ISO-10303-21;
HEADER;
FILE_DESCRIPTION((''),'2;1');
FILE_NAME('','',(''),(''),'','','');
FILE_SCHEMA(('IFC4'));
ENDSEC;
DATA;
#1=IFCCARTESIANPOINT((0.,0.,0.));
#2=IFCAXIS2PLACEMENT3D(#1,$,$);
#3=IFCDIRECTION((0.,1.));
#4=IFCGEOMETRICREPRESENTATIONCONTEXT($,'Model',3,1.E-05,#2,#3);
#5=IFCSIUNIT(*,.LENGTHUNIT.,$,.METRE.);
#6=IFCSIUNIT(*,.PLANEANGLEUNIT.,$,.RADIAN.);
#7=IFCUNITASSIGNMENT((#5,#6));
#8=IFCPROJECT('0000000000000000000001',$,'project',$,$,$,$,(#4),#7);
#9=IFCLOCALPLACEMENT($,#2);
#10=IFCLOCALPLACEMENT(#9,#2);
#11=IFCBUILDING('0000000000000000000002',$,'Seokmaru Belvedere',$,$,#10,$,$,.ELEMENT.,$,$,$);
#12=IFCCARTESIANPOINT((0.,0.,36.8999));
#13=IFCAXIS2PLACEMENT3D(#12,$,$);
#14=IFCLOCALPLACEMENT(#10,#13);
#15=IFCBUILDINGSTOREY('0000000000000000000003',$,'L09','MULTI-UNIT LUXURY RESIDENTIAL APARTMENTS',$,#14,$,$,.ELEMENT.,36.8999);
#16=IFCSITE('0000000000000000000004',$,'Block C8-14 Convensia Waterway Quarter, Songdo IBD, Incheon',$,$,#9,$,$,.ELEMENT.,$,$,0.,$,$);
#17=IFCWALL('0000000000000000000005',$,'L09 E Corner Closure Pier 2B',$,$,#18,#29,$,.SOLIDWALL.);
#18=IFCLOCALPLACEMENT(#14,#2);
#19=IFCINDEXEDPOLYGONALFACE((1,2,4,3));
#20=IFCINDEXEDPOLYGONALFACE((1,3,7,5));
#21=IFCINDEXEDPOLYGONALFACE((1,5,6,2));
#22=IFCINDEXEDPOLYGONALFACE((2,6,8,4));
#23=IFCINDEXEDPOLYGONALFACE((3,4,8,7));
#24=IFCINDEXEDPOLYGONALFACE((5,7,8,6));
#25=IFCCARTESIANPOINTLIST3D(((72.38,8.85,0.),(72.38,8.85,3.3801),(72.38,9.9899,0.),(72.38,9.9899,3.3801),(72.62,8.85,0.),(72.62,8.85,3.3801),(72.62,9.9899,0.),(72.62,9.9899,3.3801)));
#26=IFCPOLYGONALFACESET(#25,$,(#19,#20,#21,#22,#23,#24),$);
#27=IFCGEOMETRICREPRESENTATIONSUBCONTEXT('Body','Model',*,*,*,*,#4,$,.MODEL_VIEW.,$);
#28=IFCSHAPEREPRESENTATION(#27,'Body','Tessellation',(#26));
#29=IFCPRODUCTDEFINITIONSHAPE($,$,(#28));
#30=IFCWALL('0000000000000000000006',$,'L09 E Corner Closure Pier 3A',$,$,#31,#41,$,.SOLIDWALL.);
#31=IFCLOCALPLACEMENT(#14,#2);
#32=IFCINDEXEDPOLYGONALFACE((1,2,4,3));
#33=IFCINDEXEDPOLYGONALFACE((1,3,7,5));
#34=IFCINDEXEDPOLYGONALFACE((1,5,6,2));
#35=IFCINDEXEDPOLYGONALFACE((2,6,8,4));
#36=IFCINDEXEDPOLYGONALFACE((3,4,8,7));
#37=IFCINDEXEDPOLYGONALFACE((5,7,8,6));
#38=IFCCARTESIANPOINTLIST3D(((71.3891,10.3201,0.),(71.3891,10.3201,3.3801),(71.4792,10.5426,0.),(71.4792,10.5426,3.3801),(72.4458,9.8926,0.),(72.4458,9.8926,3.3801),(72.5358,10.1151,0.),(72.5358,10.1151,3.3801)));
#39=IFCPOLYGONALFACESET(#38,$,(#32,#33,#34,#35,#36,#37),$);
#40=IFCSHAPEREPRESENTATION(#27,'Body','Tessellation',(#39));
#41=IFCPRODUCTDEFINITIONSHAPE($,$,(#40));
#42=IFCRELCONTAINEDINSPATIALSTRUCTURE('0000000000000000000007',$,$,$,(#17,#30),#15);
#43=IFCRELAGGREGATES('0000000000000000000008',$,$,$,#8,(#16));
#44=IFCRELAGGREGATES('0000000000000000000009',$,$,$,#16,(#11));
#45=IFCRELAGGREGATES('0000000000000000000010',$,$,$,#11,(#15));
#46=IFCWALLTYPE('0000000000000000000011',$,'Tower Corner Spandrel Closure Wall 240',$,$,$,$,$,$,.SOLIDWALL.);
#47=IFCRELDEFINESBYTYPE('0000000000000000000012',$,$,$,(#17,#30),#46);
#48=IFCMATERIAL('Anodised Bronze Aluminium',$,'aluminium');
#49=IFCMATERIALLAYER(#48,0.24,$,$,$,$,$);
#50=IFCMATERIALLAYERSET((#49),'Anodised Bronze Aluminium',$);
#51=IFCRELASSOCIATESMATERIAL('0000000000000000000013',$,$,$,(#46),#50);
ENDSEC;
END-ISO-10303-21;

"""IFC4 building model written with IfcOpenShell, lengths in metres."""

from ifc_helpers import new_model, si_unit, direction, frame, frame_2d, origin, place, context, subcontext, project, spatial, rectangle, extrude, material, layer, layer_set, type_object, element, save


model = new_model("IFC4")

# Units and contexts
model_context = context("Model", 3, precision=1e-05, world=origin(), true_north=direction((0.0, 1.0)))
body_context = subcontext(model_context, "Body", "Model", "MODEL_VIEW")
ifc_project = project(units=[si_unit("LENGTHUNIT", "METRE"), si_unit("PLANEANGLEUNIT", "RADIAN")], contexts=[model_context])

# Site, building, storey
site_placement = place(None, origin())
site = spatial("IfcSite", under=ifc_project, at=site_placement, Name="Block C8-14 Convensia Waterway Quarter, Songdo IBD, Incheon", CompositionType="ELEMENT", RefElevation=0.0)
building_placement = place(site_placement, origin())
building = spatial("IfcBuilding", under=site, at=building_placement, Name="Seokmaru Belvedere", CompositionType="ELEMENT")
storey_placement = place(building_placement, frame((0.0, 0.0, 36.8999)))
storey = spatial("IfcBuildingStorey", under=building, at=storey_placement, Name="L09", Description="MULTI-UNIT LUXURY RESIDENTIAL APARTMENTS", CompositionType="ELEMENT", Elevation=36.8999)

# Shared definitions
ifc_material_1 = material(Name="Anodised Bronze Aluminium", Category="aluminium")

# Walls
ifc_layer_1 = layer(ifc_material_1, 0.24)
ifc_layer_set_1 = layer_set([ifc_layer_1], Name="Anodised Bronze Aluminium")
wall_type_1 = type_object("IfcWallType", Name="Tower Corner Spandrel Closure Wall 240", PredefinedType="SOLIDWALL", material=ifc_layer_set_1)
for number, where, z_axis, x_axis, name in (
    (1, (72.5, 8.8501, 0.0), (0.0, 0.0, 1.0), (0.0, 1.0, 0.0), "L09 E Corner Closure Pier 2B"),
    (2, (72.4907, 10.0039, 0.0), (0.0, 0.0, 1.0), (-0.927007, 0.375044, 0.0), "L09 E Corner Closure Pier 3A"),
):
    element("IfcWall", number, at=place(storey_placement, frame(where, z_axis=z_axis, x_axis=x_axis)), inside=storey, type_object=wall_type_1, Name=name, PredefinedType="SOLIDWALL", context=body_context, shape_type="SweptSolid", body=[
        extrude(rectangle(XDim=1.1399, YDim=0.24, at=frame_2d((0.5698, 0.0))), origin(), (0.0, 0.0, 1.0), 3.3801),
    ])

save(model, "model.ifc")
